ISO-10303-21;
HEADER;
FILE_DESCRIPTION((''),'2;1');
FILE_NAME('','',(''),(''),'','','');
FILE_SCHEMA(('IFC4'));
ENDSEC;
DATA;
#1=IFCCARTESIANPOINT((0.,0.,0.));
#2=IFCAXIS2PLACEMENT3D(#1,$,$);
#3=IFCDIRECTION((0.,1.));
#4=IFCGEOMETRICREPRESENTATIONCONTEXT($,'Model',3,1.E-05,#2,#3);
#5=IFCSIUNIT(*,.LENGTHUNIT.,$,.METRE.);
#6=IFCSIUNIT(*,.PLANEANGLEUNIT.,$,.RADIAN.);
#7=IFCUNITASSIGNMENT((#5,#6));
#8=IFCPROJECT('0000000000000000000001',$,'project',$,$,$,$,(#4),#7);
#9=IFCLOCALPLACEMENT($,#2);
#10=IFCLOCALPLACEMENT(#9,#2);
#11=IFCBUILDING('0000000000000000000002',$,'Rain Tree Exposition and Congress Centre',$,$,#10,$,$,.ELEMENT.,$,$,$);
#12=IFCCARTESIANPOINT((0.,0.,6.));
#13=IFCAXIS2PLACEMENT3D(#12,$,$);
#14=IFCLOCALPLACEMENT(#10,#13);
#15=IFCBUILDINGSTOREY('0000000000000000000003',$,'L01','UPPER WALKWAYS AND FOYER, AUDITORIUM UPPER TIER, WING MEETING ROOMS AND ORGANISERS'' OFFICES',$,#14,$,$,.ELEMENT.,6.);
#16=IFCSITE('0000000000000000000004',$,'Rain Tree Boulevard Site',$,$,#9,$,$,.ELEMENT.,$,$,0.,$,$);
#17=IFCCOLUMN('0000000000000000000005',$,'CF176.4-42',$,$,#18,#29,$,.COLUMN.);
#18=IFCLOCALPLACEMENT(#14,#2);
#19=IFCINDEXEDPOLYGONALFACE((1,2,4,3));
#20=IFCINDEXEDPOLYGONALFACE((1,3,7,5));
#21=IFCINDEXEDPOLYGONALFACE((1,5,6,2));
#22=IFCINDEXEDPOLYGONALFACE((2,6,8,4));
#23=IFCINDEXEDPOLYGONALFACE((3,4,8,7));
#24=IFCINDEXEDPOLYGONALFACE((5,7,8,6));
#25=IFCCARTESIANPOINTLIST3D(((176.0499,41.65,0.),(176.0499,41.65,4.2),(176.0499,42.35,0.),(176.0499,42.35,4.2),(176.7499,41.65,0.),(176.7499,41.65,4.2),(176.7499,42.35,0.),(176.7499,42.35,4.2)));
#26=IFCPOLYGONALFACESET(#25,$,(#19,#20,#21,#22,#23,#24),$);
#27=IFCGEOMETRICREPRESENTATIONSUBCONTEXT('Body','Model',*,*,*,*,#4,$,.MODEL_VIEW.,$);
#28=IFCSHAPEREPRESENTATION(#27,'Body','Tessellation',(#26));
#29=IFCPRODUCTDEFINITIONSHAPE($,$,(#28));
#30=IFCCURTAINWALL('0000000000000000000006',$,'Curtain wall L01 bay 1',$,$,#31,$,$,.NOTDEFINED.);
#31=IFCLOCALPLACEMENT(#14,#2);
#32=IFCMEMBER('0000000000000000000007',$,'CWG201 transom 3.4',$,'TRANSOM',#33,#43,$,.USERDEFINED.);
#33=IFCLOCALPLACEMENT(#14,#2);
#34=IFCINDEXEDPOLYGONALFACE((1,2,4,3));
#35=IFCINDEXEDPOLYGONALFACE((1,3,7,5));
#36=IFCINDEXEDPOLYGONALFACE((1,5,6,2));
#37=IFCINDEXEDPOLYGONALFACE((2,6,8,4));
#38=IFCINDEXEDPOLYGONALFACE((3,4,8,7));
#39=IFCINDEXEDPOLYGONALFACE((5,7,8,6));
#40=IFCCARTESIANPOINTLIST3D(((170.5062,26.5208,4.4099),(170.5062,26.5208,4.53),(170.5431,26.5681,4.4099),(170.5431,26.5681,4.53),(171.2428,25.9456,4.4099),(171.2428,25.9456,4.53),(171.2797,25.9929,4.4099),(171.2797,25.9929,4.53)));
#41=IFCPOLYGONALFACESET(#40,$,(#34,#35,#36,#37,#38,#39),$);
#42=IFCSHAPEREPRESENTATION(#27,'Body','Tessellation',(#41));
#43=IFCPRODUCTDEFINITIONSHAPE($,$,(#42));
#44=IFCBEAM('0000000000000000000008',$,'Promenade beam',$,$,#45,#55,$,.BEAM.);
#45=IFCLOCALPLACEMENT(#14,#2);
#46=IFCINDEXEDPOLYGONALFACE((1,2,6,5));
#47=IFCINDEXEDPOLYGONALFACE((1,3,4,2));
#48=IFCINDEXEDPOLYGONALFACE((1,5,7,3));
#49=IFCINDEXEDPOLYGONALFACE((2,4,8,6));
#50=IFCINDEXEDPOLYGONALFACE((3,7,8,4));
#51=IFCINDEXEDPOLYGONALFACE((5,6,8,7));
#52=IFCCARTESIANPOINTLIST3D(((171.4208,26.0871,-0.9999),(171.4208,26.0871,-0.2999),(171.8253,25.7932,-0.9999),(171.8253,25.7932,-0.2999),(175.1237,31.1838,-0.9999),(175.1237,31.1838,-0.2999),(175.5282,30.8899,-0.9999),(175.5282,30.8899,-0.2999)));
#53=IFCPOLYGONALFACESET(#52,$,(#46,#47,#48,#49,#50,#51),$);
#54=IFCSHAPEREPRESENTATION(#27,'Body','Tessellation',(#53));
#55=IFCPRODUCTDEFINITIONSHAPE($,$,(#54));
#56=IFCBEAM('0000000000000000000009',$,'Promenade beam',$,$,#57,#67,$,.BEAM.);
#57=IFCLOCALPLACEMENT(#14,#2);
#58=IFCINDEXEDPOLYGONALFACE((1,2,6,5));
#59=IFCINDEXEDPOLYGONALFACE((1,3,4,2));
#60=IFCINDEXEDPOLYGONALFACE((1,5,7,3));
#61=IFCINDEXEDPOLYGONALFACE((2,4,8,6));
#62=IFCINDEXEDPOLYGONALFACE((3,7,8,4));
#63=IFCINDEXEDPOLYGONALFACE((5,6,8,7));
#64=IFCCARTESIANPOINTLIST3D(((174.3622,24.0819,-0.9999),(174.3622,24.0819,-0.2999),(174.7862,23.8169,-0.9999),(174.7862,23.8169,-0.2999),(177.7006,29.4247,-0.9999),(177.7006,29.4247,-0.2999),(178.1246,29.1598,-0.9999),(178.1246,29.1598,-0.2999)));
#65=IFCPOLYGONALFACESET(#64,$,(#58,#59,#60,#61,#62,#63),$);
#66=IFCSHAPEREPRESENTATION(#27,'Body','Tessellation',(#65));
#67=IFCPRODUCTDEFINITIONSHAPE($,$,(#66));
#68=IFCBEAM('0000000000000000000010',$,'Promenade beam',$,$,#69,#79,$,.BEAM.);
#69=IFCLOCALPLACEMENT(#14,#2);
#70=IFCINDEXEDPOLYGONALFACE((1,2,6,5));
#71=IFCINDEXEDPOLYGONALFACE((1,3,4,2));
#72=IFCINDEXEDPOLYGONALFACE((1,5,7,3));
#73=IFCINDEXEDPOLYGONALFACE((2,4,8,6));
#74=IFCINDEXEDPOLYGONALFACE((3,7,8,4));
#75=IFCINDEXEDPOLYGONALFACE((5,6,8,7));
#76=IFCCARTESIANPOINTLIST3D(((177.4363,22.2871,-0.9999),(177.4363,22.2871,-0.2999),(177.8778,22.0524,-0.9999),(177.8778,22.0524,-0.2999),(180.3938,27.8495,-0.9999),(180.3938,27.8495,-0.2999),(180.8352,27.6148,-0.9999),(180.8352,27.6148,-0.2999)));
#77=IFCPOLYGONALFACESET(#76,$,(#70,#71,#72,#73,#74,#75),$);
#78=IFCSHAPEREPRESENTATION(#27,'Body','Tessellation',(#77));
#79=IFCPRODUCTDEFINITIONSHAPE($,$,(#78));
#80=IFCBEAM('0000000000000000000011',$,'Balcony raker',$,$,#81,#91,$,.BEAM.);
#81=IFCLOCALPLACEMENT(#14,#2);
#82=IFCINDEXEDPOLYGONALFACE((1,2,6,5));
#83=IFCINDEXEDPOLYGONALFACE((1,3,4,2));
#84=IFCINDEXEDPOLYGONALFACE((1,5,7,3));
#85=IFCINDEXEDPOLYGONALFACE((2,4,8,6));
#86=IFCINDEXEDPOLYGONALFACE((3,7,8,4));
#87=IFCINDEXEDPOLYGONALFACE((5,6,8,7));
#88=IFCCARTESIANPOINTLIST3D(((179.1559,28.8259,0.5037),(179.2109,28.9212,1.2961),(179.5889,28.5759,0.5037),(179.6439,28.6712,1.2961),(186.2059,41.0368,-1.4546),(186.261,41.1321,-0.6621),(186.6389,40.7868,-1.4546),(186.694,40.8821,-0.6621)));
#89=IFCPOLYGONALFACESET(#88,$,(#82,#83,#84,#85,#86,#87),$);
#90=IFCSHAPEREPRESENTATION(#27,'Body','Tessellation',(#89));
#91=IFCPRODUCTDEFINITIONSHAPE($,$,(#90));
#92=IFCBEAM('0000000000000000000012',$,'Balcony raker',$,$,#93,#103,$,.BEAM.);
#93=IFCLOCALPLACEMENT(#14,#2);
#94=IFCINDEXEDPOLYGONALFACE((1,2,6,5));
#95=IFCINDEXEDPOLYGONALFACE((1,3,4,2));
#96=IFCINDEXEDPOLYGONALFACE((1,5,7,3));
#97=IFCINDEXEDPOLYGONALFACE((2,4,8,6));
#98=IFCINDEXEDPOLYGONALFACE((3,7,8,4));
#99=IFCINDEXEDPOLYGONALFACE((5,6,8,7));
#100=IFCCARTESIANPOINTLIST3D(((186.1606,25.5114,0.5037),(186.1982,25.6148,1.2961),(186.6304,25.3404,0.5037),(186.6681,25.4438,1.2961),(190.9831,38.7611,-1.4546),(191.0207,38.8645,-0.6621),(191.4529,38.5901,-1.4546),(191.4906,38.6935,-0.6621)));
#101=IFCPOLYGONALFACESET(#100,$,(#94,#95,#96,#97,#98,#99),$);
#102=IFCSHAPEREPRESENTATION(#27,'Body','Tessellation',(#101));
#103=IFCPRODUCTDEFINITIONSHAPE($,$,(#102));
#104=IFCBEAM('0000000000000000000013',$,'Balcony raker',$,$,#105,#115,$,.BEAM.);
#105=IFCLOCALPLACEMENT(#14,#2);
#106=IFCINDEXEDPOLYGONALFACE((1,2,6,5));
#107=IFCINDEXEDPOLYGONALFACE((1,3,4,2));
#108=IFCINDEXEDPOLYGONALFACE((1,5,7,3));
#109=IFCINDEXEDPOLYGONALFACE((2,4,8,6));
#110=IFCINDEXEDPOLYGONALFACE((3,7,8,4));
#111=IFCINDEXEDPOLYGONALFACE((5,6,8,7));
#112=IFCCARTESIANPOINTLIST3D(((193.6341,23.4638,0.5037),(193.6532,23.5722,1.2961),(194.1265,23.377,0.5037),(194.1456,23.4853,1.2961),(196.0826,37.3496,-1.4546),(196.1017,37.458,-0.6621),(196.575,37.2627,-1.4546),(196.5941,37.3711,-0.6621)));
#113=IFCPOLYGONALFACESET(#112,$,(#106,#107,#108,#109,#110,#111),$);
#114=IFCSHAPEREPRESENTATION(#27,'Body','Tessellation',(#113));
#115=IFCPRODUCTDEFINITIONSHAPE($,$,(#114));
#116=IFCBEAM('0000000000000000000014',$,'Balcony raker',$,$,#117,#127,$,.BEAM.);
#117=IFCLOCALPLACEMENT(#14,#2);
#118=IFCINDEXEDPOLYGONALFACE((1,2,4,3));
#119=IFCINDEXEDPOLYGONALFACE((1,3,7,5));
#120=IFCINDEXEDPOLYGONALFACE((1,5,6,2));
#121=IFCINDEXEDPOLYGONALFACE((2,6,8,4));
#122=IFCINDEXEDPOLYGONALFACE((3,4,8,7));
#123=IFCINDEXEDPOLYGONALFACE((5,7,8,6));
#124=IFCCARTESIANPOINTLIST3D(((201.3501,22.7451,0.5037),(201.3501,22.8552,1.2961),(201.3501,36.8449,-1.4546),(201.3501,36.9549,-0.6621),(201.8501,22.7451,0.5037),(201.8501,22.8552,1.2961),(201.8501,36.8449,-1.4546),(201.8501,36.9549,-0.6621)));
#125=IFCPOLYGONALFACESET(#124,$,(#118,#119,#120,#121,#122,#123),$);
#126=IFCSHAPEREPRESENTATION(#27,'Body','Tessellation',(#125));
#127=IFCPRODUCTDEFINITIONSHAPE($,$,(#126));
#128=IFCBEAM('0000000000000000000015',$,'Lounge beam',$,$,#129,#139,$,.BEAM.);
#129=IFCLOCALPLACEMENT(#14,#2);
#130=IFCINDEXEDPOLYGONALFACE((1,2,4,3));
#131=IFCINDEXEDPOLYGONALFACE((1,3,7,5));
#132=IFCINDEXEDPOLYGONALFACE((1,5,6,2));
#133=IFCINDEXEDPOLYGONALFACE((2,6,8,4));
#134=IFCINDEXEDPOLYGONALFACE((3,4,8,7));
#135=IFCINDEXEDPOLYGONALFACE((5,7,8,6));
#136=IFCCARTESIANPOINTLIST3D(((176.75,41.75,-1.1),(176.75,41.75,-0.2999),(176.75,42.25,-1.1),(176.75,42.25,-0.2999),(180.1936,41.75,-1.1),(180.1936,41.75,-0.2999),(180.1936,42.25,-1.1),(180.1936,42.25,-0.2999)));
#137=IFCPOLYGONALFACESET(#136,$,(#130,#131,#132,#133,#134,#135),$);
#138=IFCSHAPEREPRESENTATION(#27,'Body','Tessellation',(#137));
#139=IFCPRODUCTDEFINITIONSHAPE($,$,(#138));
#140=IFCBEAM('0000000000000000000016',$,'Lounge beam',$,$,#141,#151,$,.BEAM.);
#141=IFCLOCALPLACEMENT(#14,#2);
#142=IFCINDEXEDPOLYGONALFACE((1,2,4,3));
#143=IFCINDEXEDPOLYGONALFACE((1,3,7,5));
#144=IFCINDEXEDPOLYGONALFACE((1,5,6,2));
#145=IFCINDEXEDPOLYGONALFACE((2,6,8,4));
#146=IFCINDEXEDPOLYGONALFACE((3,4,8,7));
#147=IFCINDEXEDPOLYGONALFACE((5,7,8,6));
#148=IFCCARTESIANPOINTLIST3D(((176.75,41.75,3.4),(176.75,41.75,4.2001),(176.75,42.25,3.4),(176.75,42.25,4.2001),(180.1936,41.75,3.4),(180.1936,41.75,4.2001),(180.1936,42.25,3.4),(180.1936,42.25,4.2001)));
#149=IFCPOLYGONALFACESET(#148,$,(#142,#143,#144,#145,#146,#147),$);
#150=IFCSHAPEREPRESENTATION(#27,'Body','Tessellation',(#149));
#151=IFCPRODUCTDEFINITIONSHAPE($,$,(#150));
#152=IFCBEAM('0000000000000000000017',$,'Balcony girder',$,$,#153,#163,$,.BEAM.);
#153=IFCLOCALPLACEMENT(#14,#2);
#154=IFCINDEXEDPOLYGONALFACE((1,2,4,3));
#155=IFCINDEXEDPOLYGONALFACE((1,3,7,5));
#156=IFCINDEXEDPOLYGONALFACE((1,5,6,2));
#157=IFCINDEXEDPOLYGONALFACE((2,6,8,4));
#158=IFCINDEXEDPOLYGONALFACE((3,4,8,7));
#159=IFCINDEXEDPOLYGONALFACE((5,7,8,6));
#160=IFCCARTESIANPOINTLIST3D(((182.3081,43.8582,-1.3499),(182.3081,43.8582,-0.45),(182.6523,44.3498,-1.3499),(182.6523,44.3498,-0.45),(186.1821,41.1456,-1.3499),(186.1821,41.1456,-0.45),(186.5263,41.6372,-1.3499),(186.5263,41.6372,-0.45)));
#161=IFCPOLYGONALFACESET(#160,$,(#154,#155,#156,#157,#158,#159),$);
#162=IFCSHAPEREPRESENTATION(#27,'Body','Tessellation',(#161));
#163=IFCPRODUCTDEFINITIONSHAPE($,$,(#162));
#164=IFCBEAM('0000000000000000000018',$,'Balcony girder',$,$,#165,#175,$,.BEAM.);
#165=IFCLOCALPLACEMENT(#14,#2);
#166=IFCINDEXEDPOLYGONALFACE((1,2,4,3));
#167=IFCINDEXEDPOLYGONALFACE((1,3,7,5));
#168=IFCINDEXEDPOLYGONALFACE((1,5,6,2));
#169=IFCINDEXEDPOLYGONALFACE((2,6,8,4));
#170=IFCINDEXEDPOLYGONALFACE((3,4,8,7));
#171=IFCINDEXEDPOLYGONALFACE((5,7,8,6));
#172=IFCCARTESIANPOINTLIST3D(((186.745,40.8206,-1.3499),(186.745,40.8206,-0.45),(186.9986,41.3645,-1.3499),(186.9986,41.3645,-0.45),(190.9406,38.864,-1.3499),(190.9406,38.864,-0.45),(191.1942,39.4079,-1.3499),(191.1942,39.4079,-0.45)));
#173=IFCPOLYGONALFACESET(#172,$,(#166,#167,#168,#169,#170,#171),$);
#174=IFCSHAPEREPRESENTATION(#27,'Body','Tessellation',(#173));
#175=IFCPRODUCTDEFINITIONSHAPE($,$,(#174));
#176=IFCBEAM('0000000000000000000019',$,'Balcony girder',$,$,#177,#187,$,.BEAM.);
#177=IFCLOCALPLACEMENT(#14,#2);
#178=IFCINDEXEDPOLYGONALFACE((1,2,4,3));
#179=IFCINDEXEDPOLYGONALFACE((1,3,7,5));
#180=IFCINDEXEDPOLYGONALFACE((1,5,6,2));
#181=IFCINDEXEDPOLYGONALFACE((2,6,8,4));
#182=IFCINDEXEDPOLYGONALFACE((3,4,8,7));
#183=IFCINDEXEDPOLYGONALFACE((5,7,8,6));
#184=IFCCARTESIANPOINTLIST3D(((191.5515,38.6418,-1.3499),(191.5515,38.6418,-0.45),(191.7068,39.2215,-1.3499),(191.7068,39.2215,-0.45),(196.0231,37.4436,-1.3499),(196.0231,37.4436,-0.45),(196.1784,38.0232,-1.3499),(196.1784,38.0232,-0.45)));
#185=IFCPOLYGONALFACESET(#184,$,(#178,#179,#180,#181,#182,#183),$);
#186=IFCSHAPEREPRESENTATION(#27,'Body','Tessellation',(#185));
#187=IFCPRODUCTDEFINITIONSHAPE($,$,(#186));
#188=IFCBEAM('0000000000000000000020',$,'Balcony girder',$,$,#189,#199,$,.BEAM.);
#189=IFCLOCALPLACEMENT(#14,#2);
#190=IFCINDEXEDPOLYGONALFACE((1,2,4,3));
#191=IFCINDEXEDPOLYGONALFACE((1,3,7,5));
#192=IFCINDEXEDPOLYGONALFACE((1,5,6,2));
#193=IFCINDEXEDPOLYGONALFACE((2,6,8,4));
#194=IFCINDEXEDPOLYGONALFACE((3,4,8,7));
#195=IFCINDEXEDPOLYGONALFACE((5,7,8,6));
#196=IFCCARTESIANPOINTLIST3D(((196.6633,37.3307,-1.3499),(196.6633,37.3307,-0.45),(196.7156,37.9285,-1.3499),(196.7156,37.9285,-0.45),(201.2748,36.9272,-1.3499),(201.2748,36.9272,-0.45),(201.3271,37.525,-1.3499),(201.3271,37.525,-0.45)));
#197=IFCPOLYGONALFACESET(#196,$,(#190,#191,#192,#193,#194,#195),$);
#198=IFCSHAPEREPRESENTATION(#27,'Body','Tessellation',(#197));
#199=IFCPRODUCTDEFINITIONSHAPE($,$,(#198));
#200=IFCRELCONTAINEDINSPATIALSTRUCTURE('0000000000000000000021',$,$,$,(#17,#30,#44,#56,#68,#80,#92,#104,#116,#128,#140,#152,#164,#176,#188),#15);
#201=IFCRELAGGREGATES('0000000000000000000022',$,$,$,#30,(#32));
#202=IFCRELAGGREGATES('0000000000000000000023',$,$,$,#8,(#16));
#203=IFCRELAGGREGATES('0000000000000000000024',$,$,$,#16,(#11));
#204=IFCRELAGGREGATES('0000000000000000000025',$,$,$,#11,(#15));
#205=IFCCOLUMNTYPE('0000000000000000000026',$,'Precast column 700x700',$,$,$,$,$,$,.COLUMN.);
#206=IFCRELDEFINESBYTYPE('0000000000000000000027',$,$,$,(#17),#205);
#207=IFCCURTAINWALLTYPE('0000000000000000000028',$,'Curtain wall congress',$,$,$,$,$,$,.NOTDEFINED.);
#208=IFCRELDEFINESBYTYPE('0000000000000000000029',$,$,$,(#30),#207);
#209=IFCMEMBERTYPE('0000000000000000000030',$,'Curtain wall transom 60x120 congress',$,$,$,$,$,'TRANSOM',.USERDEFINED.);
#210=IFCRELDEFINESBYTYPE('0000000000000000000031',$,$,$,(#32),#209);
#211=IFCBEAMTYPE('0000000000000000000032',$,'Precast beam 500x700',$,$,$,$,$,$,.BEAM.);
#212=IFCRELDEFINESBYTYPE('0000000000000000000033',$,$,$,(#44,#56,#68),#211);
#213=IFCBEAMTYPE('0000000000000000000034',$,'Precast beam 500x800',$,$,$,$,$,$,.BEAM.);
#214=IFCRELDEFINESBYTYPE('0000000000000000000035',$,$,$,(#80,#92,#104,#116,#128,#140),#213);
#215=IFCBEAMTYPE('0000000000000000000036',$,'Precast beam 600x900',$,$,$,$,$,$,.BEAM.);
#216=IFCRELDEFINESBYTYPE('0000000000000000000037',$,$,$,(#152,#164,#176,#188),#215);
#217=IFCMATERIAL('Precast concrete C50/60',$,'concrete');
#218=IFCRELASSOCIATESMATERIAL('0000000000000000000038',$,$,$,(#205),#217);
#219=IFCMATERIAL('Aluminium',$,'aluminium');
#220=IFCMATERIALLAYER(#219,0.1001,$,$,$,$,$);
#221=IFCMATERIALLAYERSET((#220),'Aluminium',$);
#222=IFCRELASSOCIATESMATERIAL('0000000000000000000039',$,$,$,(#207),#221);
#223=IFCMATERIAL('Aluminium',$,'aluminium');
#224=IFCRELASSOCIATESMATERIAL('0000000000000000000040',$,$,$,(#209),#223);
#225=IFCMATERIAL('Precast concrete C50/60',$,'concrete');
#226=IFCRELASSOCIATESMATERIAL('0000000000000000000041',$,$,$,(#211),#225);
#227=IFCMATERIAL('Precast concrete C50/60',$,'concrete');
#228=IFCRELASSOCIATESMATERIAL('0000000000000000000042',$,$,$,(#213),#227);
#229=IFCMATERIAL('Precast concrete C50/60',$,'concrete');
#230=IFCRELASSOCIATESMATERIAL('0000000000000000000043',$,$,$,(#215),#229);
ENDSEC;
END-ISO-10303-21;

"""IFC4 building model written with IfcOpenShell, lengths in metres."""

from ifc_helpers import new_model, si_unit, direction, frame, origin, origin_2d, place, context, subcontext, project, spatial, rectangle, extrude, material, layer, layer_set, material_profile, profile_set, type_object, element, aggregate, save


model = new_model("IFC4")

# Units and contexts
model_context = context("Model", 3, precision=1e-05, world=origin(), true_north=direction((0.0, 1.0)))
body_context = subcontext(model_context, "Body", "Model", "MODEL_VIEW")
ifc_project = project(units=[si_unit("LENGTHUNIT", "METRE"), si_unit("PLANEANGLEUNIT", "RADIAN")], contexts=[model_context])

# Site, building, storey
site_placement = place(None, origin())
site = spatial("IfcSite", under=ifc_project, at=site_placement, Name="Rain Tree Boulevard Site", CompositionType="ELEMENT", RefElevation=0.0)
building_placement = place(site_placement, origin())
building = spatial("IfcBuilding", under=site, at=building_placement, Name="Rain Tree Exposition and Congress Centre", CompositionType="ELEMENT")
storey_placement = place(building_placement, frame((0.0, 0.0, 6.0)))
storey = spatial("IfcBuildingStorey", under=building, at=storey_placement, Name="L01", Description="UPPER WALKWAYS AND FOYER, AUDITORIUM UPPER TIER, WING MEETING ROOMS AND ORGANISERS' OFFICES", CompositionType="ELEMENT", Elevation=6.0)

# Column
ifc_material_1 = material(Name="Precast concrete C50/60", Category="concrete")
ifc_material_profile_1 = material_profile(ifc_material_1, rectangle(XDim=0.7, YDim=0.7, at=origin_2d()), Name="RC 700x700")
ifc_profile_set_1 = profile_set([ifc_material_profile_1], Name="Precast concrete C50/60")
column_type = type_object("IfcColumnType", Name="Precast column 700x700", PredefinedType="COLUMN", material=ifc_profile_set_1)
column_placement = place(storey_placement, frame((176.3999, 42.0, 0.0), z_axis=(0.0, 0.0, 1.0), x_axis=(1.0, 0.0, 0.0)))
element("IfcColumn", 1, at=column_placement, inside=storey, type_object=column_type, Name="CF176.4-42", PredefinedType="COLUMN", context=body_context, shape_type="SweptSolid", body=[
    extrude(rectangle(XDim=0.7, YDim=0.7, at=origin_2d()), origin(), (0.0, 0.0, 1.0), 4.2),
])

# Curtain wall, member
ifc_material_2 = material(Name="Aluminium", Category="aluminium")
ifc_layer_1 = layer(ifc_material_2, 0.1001)
ifc_layer_set_1 = layer_set([ifc_layer_1], Name="Aluminium")
curtain_wall_type = type_object("IfcCurtainWallType", Name="Curtain wall congress", PredefinedType="NOTDEFINED", material=ifc_layer_set_1)
curtain_wall_placement = place(storey_placement, origin())
curtain_wall = element("IfcCurtainWall", 2, at=curtain_wall_placement, inside=storey, type_object=curtain_wall_type, Name="Curtain wall L01 bay 1", PredefinedType="NOTDEFINED")
ifc_material_3 = material(Name="Aluminium", Category="aluminium")
ifc_material_profile_2 = material_profile(ifc_material_3, rectangle(XDim=0.0601, YDim=0.1201, at=origin_2d()), Name="AL 60x120")
ifc_profile_set_2 = profile_set([ifc_material_profile_2], Name="Aluminium")
member_type = type_object("IfcMemberType", Name="Curtain wall transom 60x120 congress", ElementType="TRANSOM", PredefinedType="USERDEFINED", material=ifc_profile_set_2)
member_placement = place(storey_placement, frame((170.5247, 26.5444, 4.47), z_axis=(0.788155, -0.615477, 0.0), x_axis=(0.615477, 0.788155, 0.0)))
member = element("IfcMember", 3, at=member_placement, type_object=member_type, Name="CWG201 transom 3.4", ObjectType="TRANSOM", PredefinedType="USERDEFINED", context=body_context, shape_type="SweptSolid", body=[
    extrude(rectangle(XDim=0.0601, YDim=0.1201, at=origin_2d()), origin(), (0.0, 0.0, 1.0), 0.9346),
])
aggregate(curtain_wall, [member])

# Beams
ifc_material_4 = material(Name="Precast concrete C50/60", Category="concrete")
ifc_material_profile_3 = material_profile(ifc_material_4, rectangle(XDim=0.5, YDim=0.7, at=origin_2d()), Name="RC 500x700")
ifc_profile_set_3 = profile_set([ifc_material_profile_3], Name="Precast concrete C50/60")
beam_type_1 = type_object("IfcBeamType", Name="Precast beam 500x700", PredefinedType="BEAM", material=ifc_profile_set_3)
beam_1_placement = place(storey_placement, frame((175.3259, 31.0369, -0.6499), z_axis=(-0.587778, -0.809023, 0.0), x_axis=(0.809023, -0.587778, 0.0)))
element("IfcBeam", 4, at=beam_1_placement, inside=storey, type_object=beam_type_1, Name="Promenade beam", PredefinedType="BEAM", context=body_context, shape_type="SweptSolid", body=[
    extrude(rectangle(XDim=0.5, YDim=0.7, at=origin_2d()), origin(), (0.0, 0.0, 1.0), 6.2998),
])
beam_2_placement = place(storey_placement, frame((177.9126, 29.2922, -0.6499), z_axis=(-0.529901, -0.848059, 0.0), x_axis=(0.848059, -0.529901, 0.0)))
element("IfcBeam", 5, at=beam_2_placement, inside=storey, type_object=beam_type_1, Name="Promenade beam", PredefinedType="BEAM", context=body_context, shape_type="SweptSolid", body=[
    extrude(rectangle(XDim=0.5, YDim=0.7, at=origin_2d()), origin(), (0.0, 0.0, 1.0), 6.3),
])
beam_3_placement = place(storey_placement, frame((180.6145, 27.7322, -0.6499), z_axis=(-0.469457, -0.882955, 0.0), x_axis=(0.882955, -0.469457, 0.0)))
element("IfcBeam", 6, at=beam_3_placement, inside=storey, type_object=beam_type_1, Name="Promenade beam", PredefinedType="BEAM", context=body_context, shape_type="SweptSolid", body=[
    extrude(rectangle(XDim=0.5, YDim=0.7, at=origin_2d()), origin(), (0.0, 0.0, 1.0), 6.2998),
])
ifc_material_5 = material(Name="Precast concrete C50/60", Category="concrete")
ifc_material_profile_4 = material_profile(ifc_material_5, rectangle(XDim=0.5, YDim=0.8, at=origin_2d()), Name="RC 500x800")
ifc_profile_set_4 = profile_set([ifc_material_profile_4], Name="Precast concrete C50/60")
beam_type_2 = type_object("IfcBeamType", Name="Precast beam 500x800", PredefinedType="BEAM", material=ifc_profile_set_4)
for number, where, z_axis, x_axis, name in (
    (7, (186.45, 40.9595, -1.0583), (-0.49525, -0.85779, 0.137563), (0.866024, -0.500003, 0.0), "Balcony raker"),
    (8, (191.2368, 38.7273, -1.0583), (-0.338768, -0.930759, 0.137562), (0.939693, -0.34202, 0.0), "Balcony raker"),
    (9, (196.3384, 37.3604, -1.0583), (-0.172001, -0.975445, 0.137563), (0.984807, -0.173652, 0.0), "Balcony raker"),
):
    element("IfcBeam", number, at=place(storey_placement, frame(where, z_axis=z_axis, x_axis=x_axis)), inside=storey, type_object=beam_type_2, Name=name, PredefinedType="BEAM", context=body_context, shape_type="SweptSolid", body=[
        extrude(rectangle(XDim=0.5, YDim=0.8, at=origin_2d()), origin(), (0.0, 0.0, 1.0), 14.2354),
    ])
beam_4_placement = place(storey_placement, frame((201.6001, 36.8999, -1.0583), z_axis=(0.0, -0.990493, 0.137564), x_axis=(1.0, 0.0, 0.0)))
element("IfcBeam", 10, at=beam_4_placement, inside=storey, type_object=beam_type_2, Name="Balcony raker", PredefinedType="BEAM", context=body_context, shape_type="SweptSolid", body=[
    extrude(rectangle(XDim=0.5, YDim=0.8, at=origin_2d()), origin(), (0.0, 0.0, 1.0), 14.2351),
])
for number, where, z_axis, x_axis, name in (
    (11, (176.75, 42.0, -0.7), (1.0, 0.0, 0.0), (0.0, 1.0, 0.0), "Lounge beam"),
    (12, (176.75, 42.0, 3.8), (1.0, 0.0, 0.0), (0.0, 1.0, 0.0), "Lounge beam"),
):
    element("IfcBeam", number, at=place(storey_placement, frame(where, z_axis=z_axis, x_axis=x_axis)), inside=storey, type_object=beam_type_2, Name=name, PredefinedType="BEAM", context=body_context, shape_type="SweptSolid", body=[
        extrude(rectangle(XDim=0.5, YDim=0.8, at=origin_2d()), origin(), (0.0, 0.0, 1.0), 3.4436),
    ])
ifc_material_6 = material(Name="Precast concrete C50/60", Category="concrete")
ifc_material_profile_5 = material_profile(ifc_material_6, rectangle(XDim=0.6001, YDim=0.8999, at=origin_2d()), Name="RC 600x900")
ifc_profile_set_5 = profile_set([ifc_material_profile_5], Name="Precast concrete C50/60")
beam_type_3 = type_object("IfcBeamType", Name="Precast beam 600x900", PredefinedType="BEAM", material=ifc_profile_set_5)
beam_5_placement = place(storey_placement, frame((182.4802, 44.104, -0.8999), z_axis=(0.819149, -0.57358, 0.0), x_axis=(0.57358, 0.819149, 0.0)))
element("IfcBeam", 13, at=beam_5_placement, inside=storey, type_object=beam_type_3, Name="Balcony girder", PredefinedType="BEAM", context=body_context, shape_type="SweptSolid", body=[
    extrude(rectangle(XDim=0.6001, YDim=0.8999, at=origin_2d()), origin(), (0.0, 0.0, 1.0), 4.7292),
])
for number, where, z_axis, x_axis, name in (
    (14, (186.8718, 41.0925, -0.8999), (0.906298, -0.42264, 0.0), (0.42264, 0.906298, 0.0), "Balcony girder"),
    (15, (191.6292, 38.9316, -0.8999), (0.965923, -0.258831, 0.0), (0.258831, 0.965923, 0.0), "Balcony girder"),
):
    element("IfcBeam", number, at=place(storey_placement, frame(where, z_axis=z_axis, x_axis=x_axis)), inside=storey, type_object=beam_type_3, Name=name, PredefinedType="BEAM", context=body_context, shape_type="SweptSolid", body=[
        extrude(rectangle(XDim=0.6001, YDim=0.8999, at=origin_2d()), origin(), (0.0, 0.0, 1.0), 4.6294),
    ])
beam_6_placement = place(storey_placement, frame((196.6895, 37.6296, -0.8999), z_axis=(0.996193, -0.087178, 0.0), x_axis=(0.087178, 0.996193, 0.0)))
element("IfcBeam", 16, at=beam_6_placement, inside=storey, type_object=beam_type_3, Name="Balcony girder", PredefinedType="BEAM", context=body_context, shape_type="SweptSolid", body=[
    extrude(rectangle(XDim=0.6001, YDim=0.8999, at=origin_2d()), origin(), (0.0, 0.0, 1.0), 4.6292),
])

save(model, "model.ifc")
